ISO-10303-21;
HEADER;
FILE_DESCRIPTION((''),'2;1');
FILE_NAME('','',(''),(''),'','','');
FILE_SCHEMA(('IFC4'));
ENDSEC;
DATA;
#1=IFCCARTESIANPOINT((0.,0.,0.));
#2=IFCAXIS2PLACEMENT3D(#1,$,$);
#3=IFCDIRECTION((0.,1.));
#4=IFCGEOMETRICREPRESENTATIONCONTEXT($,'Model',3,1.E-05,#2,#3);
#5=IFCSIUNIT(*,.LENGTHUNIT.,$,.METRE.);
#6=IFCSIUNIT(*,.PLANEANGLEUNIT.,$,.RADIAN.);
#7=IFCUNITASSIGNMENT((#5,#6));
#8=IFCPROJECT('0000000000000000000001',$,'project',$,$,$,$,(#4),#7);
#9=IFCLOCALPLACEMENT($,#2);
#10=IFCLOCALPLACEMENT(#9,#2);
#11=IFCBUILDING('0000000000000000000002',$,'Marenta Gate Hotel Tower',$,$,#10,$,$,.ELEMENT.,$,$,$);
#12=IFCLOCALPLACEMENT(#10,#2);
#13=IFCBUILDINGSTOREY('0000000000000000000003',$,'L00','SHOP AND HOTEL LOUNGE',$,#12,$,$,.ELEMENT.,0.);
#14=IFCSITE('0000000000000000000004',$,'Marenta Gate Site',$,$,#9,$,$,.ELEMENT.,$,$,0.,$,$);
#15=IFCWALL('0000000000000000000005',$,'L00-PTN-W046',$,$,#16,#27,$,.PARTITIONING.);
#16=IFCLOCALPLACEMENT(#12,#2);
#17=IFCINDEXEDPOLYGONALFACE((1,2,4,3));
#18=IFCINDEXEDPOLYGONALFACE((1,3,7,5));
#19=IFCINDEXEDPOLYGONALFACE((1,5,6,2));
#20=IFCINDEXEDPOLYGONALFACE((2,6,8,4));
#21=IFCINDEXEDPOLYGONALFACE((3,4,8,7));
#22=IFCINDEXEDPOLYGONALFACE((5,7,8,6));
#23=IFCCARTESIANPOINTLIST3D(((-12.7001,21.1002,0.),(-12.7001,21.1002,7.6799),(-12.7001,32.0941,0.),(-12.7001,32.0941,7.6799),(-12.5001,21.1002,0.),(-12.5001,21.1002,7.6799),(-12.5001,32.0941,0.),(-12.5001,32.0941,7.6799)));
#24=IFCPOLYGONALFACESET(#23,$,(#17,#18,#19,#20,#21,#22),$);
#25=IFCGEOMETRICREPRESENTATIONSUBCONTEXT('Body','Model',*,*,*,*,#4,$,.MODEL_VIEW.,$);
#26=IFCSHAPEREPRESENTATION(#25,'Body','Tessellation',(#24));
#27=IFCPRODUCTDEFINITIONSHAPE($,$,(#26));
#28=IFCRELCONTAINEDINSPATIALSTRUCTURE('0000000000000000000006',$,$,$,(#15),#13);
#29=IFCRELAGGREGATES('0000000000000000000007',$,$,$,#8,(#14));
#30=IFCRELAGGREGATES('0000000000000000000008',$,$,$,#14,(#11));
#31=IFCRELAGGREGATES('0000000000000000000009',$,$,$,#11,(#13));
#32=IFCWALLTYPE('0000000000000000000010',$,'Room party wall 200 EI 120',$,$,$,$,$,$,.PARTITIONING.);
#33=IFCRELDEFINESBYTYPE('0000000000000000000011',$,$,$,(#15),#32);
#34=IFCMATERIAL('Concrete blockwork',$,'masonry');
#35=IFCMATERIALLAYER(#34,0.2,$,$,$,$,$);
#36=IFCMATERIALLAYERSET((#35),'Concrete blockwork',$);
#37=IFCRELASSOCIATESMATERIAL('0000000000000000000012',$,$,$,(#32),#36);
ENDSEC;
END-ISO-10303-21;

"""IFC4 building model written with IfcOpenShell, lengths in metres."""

from ifc_helpers import new_model, si_unit, direction, frame, frame_2d, origin, place, context, subcontext, project, spatial, rectangle, extrude, material, layer, layer_set, type_object, element, save


model = new_model("IFC4")

# Units and contexts
model_context = context("Model", 3, precision=1e-05, world=origin(), true_north=direction((0.0, 1.0)))
body_context = subcontext(model_context, "Body", "Model", "MODEL_VIEW")
ifc_project = project(units=[si_unit("LENGTHUNIT", "METRE"), si_unit("PLANEANGLEUNIT", "RADIAN")], contexts=[model_context])

# Site, building, storey
site_placement = place(None, origin())
site = spatial("IfcSite", under=ifc_project, at=site_placement, Name="Marenta Gate Site", CompositionType="ELEMENT", RefElevation=0.0)
building_placement = place(site_placement, origin())
building = spatial("IfcBuilding", under=site, at=building_placement, Name="Marenta Gate Hotel Tower", CompositionType="ELEMENT")
storey_placement = place(building_placement, origin())
storey = spatial("IfcBuildingStorey", under=building, at=storey_placement, Name="L00", Description="SHOP AND HOTEL LOUNGE", CompositionType="ELEMENT", Elevation=0.0)

# Wall
ifc_material_1 = material(Name="Concrete blockwork", Category="masonry")
ifc_layer_1 = layer(ifc_material_1, 0.2)
ifc_layer_set_1 = layer_set([ifc_layer_1], Name="Concrete blockwork")
wall_type_1 = type_object("IfcWallType", Name="Room party wall 200 EI 120", PredefinedType="PARTITIONING", material=ifc_layer_set_1)
wall_1_placement = place(storey_placement, frame((-12.6001, 21.1001, 0.0), z_axis=(0.0, 0.0, 1.0), x_axis=(0.0, 1.0, 0.0)))
element("IfcWall", 1, at=wall_1_placement, inside=storey, type_object=wall_type_1, Name="L00-PTN-W046", PredefinedType="PARTITIONING", context=body_context, shape_type="SweptSolid", body=[
    extrude(rectangle(XDim=10.9939, YDim=0.2, at=frame_2d((5.4971, 0.0))), origin(), (0.0, 0.0, 1.0), 7.6799),
])

save(model, "model.ifc")
